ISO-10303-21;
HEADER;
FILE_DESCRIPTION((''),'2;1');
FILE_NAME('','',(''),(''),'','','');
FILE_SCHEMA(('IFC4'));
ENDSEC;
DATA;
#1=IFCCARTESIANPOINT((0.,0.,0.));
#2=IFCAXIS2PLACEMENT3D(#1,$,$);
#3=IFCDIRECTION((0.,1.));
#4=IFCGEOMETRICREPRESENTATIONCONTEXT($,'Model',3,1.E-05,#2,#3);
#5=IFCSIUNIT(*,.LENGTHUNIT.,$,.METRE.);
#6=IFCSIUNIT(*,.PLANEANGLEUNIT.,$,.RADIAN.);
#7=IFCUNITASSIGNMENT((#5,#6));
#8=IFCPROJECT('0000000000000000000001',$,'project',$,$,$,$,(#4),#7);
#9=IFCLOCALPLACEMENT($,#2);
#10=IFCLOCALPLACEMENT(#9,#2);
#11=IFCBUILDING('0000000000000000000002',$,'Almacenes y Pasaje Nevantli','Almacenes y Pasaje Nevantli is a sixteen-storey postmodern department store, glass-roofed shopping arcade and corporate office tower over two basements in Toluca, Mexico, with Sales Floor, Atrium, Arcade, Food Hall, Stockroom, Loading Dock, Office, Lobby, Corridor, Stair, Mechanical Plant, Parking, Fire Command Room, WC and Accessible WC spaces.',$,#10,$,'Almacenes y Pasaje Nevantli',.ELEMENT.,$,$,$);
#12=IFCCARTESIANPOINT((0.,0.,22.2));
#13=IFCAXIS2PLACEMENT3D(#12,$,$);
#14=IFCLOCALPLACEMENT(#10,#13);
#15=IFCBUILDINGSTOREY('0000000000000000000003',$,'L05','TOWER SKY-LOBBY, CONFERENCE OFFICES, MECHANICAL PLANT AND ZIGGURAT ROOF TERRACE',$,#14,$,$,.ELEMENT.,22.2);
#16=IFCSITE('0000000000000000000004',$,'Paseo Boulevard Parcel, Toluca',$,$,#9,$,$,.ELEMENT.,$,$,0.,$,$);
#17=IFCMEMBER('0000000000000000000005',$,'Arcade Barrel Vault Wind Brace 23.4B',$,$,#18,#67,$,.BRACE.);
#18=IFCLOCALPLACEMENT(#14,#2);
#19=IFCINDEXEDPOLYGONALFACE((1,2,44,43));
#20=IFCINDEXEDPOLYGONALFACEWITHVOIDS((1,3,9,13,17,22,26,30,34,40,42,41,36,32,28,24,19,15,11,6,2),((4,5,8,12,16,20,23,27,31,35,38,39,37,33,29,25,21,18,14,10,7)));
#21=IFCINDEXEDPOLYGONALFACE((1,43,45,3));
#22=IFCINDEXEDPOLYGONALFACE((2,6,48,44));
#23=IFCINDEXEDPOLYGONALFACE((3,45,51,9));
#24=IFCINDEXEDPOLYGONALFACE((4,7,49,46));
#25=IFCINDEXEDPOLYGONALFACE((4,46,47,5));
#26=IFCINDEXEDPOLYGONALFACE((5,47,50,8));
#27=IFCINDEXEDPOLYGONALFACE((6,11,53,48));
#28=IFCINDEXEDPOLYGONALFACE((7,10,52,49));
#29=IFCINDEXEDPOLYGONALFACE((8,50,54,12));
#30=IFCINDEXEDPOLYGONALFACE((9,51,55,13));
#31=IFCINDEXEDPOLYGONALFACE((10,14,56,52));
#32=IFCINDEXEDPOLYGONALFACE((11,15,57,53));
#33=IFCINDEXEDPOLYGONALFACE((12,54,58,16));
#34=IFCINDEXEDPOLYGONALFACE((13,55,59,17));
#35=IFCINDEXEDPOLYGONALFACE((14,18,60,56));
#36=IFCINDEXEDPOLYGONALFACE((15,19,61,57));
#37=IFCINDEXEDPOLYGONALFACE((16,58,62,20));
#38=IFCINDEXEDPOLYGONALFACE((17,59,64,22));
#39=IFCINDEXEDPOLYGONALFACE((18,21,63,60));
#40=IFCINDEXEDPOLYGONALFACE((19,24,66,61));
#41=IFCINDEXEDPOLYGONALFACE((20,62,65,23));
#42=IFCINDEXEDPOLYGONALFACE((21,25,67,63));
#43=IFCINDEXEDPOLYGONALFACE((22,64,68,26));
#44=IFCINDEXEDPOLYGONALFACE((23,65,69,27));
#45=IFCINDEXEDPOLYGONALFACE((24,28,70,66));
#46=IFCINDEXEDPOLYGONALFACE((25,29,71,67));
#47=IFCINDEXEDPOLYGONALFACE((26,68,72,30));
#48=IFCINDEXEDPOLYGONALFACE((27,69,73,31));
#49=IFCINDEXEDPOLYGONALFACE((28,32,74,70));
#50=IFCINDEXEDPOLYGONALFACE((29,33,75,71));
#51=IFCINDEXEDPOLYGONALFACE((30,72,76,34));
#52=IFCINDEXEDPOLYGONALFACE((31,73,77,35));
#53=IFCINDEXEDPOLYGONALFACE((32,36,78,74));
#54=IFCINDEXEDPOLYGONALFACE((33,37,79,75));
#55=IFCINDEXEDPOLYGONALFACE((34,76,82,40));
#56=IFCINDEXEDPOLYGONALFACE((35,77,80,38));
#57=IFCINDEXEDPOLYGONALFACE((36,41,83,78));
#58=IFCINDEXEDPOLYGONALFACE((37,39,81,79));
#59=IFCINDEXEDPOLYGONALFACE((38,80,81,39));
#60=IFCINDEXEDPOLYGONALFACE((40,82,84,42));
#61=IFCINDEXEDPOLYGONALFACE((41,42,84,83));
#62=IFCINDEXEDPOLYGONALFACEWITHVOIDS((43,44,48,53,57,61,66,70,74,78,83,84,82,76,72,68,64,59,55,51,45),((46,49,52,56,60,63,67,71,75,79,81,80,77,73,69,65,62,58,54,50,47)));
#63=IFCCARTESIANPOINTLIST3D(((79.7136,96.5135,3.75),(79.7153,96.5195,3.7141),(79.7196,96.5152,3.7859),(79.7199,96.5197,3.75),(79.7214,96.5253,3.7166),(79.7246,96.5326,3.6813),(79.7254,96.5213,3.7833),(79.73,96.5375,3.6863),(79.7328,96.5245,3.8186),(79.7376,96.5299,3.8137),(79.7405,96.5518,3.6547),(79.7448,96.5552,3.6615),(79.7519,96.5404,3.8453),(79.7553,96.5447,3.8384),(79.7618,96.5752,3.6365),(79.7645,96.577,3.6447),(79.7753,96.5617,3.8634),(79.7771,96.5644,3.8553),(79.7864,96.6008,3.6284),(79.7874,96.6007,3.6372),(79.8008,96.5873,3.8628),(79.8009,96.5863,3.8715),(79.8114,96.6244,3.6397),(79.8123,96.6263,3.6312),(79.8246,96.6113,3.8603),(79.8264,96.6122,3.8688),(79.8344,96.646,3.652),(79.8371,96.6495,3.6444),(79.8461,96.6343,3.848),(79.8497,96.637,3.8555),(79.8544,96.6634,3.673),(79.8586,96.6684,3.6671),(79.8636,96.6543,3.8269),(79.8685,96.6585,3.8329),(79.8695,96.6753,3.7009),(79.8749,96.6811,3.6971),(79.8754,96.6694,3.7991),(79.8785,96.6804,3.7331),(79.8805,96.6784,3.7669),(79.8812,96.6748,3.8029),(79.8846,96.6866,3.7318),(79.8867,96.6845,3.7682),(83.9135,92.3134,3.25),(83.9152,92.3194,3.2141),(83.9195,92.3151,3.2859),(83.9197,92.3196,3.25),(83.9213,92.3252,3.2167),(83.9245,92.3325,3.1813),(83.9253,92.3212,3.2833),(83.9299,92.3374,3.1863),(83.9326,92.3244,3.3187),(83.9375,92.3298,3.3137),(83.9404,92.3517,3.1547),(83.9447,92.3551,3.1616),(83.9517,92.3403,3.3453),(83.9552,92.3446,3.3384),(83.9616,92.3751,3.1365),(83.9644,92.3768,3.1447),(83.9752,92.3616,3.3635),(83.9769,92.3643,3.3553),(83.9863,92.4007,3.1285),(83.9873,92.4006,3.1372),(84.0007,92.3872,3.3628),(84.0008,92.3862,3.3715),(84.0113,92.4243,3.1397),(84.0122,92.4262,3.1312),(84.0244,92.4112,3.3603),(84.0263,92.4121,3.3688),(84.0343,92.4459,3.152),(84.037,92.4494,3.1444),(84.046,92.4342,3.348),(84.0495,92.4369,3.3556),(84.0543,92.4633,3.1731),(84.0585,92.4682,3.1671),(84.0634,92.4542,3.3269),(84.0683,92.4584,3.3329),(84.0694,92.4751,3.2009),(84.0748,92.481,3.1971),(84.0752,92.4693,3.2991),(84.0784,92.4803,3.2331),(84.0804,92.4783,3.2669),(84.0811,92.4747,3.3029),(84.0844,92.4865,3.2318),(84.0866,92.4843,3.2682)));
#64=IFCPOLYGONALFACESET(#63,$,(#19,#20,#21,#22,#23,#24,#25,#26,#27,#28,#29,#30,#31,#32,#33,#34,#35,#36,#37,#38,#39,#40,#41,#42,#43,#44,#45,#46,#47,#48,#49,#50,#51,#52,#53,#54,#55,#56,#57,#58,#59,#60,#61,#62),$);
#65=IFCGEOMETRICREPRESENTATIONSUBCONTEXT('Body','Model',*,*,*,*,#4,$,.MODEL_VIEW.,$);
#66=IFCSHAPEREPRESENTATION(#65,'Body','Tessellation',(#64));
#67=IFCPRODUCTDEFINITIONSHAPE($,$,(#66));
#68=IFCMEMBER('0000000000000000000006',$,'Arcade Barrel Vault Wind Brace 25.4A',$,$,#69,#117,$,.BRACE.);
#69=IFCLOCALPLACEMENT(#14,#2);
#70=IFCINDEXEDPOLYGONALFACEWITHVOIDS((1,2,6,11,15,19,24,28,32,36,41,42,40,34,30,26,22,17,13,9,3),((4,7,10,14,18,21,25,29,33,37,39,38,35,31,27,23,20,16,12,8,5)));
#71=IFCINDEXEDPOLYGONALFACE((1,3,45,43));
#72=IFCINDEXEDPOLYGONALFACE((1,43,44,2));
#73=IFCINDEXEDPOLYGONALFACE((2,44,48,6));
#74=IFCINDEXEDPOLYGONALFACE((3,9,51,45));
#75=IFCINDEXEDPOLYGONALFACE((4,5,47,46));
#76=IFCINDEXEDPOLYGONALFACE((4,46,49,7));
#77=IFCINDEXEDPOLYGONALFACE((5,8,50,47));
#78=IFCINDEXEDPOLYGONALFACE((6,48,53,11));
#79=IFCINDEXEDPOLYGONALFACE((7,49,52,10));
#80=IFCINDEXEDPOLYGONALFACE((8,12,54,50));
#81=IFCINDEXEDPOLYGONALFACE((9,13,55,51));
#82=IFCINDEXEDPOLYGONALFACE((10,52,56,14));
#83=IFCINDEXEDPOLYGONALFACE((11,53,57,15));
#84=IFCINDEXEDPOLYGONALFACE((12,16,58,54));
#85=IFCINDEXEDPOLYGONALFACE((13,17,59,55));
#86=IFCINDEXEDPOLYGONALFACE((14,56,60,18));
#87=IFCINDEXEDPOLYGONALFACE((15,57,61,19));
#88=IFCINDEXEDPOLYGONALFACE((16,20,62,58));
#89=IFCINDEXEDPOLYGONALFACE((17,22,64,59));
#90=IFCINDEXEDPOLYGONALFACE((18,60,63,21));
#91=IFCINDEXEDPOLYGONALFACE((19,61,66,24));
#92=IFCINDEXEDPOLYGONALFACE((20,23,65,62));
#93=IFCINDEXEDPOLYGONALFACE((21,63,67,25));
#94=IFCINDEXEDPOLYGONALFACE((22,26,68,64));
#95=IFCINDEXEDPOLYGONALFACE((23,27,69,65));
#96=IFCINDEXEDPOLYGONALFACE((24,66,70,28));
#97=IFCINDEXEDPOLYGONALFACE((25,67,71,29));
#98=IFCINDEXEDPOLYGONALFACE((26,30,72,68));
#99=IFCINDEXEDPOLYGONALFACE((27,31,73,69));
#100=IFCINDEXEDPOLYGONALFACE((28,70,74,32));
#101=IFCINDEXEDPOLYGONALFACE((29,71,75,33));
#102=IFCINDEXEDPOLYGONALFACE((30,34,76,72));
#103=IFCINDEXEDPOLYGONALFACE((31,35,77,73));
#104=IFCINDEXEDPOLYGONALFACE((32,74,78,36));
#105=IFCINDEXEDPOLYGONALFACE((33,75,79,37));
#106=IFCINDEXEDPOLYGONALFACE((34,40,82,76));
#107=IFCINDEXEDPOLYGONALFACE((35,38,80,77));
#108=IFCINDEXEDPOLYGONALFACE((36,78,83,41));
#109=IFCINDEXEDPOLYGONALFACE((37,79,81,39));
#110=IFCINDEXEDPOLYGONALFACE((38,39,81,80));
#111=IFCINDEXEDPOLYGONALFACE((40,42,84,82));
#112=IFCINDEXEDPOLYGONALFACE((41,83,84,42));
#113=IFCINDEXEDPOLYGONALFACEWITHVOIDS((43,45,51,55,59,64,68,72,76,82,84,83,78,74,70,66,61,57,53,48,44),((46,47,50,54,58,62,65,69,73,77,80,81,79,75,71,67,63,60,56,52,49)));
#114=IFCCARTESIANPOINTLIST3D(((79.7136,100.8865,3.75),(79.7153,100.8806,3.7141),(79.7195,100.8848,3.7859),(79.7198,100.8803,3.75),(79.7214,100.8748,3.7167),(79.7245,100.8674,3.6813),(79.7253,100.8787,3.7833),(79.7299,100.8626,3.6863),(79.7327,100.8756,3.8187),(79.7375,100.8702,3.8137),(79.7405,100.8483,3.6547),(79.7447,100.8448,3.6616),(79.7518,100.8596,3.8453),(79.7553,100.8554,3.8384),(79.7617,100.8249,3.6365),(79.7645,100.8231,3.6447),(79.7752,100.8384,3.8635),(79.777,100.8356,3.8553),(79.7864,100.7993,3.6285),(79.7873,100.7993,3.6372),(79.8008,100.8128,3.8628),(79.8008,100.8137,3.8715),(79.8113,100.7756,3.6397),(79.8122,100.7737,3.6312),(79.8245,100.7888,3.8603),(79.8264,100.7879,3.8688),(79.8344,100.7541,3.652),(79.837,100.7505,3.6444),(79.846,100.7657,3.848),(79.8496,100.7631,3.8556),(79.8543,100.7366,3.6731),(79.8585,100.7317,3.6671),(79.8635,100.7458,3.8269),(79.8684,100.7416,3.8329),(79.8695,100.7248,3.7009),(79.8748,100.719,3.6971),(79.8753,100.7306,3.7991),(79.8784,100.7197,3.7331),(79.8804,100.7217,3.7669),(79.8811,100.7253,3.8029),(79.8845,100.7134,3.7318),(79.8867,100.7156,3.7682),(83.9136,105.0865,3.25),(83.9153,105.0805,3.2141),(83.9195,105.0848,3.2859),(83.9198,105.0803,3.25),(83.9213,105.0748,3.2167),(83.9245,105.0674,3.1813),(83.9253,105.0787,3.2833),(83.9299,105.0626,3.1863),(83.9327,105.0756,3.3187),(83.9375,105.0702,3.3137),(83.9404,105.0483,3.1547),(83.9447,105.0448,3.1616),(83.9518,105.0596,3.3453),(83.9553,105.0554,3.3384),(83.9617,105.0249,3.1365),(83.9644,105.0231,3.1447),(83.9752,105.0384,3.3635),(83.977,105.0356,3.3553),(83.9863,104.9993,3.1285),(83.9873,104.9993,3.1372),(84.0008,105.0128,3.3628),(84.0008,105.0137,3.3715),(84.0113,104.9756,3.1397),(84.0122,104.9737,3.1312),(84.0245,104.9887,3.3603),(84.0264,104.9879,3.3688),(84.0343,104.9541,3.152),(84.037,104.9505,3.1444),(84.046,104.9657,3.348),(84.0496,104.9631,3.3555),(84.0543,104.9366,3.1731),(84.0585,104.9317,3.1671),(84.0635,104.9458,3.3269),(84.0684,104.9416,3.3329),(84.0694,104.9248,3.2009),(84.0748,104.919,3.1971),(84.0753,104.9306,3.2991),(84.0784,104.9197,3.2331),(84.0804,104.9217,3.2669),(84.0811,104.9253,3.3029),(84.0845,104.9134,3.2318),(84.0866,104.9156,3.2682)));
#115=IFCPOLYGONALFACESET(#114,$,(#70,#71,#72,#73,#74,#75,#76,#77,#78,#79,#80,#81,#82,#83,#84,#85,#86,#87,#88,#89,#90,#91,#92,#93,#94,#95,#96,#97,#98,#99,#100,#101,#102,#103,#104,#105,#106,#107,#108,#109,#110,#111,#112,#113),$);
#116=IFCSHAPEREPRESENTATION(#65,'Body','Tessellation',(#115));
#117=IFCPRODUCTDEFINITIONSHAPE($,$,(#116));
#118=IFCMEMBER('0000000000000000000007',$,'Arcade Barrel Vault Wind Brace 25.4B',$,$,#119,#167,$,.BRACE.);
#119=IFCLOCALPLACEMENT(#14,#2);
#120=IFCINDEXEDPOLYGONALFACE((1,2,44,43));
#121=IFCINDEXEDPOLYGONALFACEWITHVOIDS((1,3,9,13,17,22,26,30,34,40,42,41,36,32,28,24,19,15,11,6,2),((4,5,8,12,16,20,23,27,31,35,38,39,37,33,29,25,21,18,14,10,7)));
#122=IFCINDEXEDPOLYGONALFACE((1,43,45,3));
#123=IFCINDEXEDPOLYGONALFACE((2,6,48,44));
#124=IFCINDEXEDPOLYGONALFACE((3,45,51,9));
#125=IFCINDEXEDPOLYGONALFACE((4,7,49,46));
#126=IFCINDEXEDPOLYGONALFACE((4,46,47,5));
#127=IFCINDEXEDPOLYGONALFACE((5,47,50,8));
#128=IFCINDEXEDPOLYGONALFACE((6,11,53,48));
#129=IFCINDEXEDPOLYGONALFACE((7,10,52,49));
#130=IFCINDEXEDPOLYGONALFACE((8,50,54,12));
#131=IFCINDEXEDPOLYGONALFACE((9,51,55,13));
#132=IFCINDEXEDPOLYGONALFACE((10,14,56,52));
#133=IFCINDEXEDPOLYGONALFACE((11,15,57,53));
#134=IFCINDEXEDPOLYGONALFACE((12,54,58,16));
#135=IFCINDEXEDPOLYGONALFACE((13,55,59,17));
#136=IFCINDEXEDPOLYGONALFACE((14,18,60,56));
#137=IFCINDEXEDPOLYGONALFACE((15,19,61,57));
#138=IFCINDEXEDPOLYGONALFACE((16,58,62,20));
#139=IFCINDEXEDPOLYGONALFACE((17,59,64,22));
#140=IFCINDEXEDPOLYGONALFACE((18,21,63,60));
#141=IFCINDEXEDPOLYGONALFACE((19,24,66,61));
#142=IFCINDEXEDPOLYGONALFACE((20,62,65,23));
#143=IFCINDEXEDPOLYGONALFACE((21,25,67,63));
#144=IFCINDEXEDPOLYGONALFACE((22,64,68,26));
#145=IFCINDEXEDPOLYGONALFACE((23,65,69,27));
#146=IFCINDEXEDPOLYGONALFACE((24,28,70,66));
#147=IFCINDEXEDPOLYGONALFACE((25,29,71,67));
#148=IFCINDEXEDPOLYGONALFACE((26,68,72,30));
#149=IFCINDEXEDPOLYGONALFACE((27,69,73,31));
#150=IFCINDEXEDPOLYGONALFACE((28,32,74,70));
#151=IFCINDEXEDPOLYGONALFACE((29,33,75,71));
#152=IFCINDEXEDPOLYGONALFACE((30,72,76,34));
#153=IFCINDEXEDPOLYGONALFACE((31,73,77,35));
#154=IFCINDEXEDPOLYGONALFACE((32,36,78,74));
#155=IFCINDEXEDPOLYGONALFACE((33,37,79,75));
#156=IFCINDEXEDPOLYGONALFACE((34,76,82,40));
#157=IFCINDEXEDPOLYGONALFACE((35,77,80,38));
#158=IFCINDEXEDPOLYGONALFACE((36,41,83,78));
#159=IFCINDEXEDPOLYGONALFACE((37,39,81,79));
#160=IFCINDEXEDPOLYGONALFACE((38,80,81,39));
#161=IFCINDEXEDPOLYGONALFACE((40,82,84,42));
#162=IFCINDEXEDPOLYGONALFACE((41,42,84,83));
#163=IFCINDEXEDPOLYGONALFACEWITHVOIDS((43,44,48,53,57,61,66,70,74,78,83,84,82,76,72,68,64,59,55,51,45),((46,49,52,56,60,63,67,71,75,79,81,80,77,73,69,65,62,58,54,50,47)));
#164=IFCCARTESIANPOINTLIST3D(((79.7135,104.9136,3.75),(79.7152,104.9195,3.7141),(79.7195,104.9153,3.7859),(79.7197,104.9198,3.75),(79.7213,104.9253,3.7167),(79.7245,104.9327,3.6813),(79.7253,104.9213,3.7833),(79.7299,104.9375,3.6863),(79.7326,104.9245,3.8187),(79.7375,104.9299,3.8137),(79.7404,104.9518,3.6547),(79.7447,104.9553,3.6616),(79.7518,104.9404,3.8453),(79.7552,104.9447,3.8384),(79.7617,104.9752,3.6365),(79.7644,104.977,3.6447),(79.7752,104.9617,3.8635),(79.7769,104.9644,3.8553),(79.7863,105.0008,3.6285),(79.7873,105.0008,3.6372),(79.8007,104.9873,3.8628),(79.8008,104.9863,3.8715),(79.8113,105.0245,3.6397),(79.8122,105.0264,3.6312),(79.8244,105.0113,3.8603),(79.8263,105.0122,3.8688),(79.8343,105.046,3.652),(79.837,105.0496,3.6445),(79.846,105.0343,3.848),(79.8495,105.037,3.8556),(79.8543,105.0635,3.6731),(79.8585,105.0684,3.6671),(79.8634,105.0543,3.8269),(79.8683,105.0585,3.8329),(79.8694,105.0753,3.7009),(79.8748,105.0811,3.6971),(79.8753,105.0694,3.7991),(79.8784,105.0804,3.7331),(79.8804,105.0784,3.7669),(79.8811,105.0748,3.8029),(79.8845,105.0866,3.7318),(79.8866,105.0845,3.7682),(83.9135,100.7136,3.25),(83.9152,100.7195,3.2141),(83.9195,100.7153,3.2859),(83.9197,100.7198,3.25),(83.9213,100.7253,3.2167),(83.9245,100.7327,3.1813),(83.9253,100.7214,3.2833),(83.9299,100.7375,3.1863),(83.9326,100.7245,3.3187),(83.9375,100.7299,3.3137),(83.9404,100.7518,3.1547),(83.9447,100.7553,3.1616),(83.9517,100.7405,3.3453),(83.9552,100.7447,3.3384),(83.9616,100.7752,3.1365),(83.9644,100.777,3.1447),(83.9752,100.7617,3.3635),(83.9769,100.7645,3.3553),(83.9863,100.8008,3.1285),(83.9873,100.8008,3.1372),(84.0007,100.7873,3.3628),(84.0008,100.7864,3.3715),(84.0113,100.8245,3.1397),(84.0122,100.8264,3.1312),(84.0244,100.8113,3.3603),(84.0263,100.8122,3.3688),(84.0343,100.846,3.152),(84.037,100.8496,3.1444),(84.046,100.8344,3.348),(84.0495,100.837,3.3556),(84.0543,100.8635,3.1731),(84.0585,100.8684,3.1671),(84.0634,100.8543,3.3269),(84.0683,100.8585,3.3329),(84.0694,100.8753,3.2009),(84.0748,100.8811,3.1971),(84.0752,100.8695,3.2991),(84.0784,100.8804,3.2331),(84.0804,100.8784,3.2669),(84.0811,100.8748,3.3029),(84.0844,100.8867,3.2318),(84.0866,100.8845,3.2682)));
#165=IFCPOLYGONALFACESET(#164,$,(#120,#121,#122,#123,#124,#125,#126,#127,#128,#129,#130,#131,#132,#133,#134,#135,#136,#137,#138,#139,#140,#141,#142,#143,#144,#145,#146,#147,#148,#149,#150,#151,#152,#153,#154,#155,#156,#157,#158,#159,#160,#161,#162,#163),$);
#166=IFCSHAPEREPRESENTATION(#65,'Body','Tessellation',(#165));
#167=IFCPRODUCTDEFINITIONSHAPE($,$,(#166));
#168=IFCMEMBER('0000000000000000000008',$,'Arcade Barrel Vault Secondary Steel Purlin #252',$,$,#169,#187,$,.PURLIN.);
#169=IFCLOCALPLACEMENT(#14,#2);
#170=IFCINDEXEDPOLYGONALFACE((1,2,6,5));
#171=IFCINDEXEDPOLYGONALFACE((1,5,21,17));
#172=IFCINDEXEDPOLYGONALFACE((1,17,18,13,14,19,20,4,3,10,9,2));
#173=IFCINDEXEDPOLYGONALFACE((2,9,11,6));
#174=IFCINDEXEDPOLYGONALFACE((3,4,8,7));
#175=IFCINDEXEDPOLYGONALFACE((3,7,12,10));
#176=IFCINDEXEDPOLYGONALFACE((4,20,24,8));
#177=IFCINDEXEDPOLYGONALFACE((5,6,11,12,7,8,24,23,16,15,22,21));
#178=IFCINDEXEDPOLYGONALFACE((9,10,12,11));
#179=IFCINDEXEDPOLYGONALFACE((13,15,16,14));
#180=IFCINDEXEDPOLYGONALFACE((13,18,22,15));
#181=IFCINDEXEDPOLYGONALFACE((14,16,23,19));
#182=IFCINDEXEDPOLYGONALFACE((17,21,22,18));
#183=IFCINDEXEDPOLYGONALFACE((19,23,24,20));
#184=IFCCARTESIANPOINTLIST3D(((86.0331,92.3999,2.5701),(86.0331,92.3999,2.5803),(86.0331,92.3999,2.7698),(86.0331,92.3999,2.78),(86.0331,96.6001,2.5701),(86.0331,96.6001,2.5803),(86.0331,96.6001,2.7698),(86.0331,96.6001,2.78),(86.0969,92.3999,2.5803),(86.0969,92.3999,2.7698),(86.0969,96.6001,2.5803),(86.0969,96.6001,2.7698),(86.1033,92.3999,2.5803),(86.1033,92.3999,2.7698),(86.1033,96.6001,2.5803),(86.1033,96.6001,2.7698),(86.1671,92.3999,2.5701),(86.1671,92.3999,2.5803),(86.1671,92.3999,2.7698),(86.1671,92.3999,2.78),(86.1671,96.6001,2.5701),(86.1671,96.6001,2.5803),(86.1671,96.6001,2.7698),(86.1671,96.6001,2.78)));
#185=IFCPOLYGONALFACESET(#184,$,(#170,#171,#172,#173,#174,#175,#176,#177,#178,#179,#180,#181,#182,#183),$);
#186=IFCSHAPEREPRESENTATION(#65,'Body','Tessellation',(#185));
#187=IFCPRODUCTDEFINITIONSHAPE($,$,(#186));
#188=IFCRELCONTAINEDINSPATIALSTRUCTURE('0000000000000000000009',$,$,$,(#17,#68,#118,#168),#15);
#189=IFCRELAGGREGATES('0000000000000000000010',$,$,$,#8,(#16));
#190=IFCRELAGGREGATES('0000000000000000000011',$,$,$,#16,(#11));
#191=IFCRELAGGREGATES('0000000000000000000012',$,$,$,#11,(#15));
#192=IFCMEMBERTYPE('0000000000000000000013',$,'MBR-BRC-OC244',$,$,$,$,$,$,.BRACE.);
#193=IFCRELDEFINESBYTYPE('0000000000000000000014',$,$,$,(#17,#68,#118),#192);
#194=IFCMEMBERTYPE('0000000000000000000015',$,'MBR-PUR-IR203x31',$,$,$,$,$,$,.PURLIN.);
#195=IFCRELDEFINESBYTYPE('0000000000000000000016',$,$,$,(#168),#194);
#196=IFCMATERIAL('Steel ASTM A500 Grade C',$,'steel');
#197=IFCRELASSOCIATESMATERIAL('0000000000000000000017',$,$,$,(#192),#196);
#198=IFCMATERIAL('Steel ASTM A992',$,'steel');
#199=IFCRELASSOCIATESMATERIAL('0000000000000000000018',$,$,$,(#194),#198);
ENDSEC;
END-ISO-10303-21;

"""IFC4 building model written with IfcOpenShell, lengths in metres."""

from ifc_helpers import new_model, si_unit, direction, frame, origin, origin_2d, place, context, subcontext, project, spatial, hollow_circle, i_section, extrude, material, material_profile, profile_set, type_object, element, save


model = new_model("IFC4")

# Units and contexts
model_context = context("Model", 3, precision=1e-05, world=origin(), true_north=direction((0.0, 1.0)))
body_context = subcontext(model_context, "Body", "Model", "MODEL_VIEW")
ifc_project = project(units=[si_unit("LENGTHUNIT", "METRE"), si_unit("PLANEANGLEUNIT", "RADIAN")], contexts=[model_context])

# Site, building, storey
site_placement = place(None, origin())
site = spatial("IfcSite", under=ifc_project, at=site_placement, Name="Paseo Boulevard Parcel, Toluca", CompositionType="ELEMENT", RefElevation=0.0)
building_placement = place(site_placement, origin())
building = spatial("IfcBuilding", under=site, at=building_placement, Name="Almacenes y Pasaje Nevantli", Description="Almacenes y Pasaje Nevantli is a sixteen-storey postmodern department store, glass-roofed shopping arcade and corporate office tower over two basements in Toluca, Mexico, with Sales Floor, Atrium, Arcade, Food Hall, Stockroom, Loading Dock, Office, Lobby, Corridor, Stair, Mechanical Plant, Parking, Fire Command Room, WC and Accessible WC spaces.", LongName="Almacenes y Pasaje Nevantli", CompositionType="ELEMENT")
storey_placement = place(building_placement, frame((0.0, 0.0, 22.2)))
storey = spatial("IfcBuildingStorey", under=building, at=storey_placement, Name="L05", Description="TOWER SKY-LOBBY, CONFERENCE OFFICES, MECHANICAL PLANT AND ZIGGURAT ROOF TERRACE", CompositionType="ELEMENT", Elevation=22.2)

# Members
ifc_material_1 = material(Name="Steel ASTM A500 Grade C", Category="steel")
ifc_material_profile_1 = material_profile(ifc_material_1, hollow_circle(Radius=0.1223, WallThickness=0.0088, at=origin_2d()), Name="OC 244x8.9")
ifc_profile_set_1 = profile_set([ifc_material_profile_1], Name="Steel ASTM A500 Grade C")
member_type_1 = type_object("IfcMemberType", Name="MBR-BRC-OC244", PredefinedType="BRACE", material=ifc_profile_set_1)
for number, where, z_axis, x_axis, name in (
    (1, (84.0, 92.3999, 3.25), (-0.704594, 0.704635, 0.083881), (-0.707127, -0.707086, 0.0), "Arcade Barrel Vault Wind Brace 23.4B"),
    (2, (79.8, 100.8, 3.75), (0.704615, 0.704615, -0.083884), (-0.707107, 0.707107, 0.0), "Arcade Barrel Vault Wind Brace 25.4A"),
    (3, (84.0, 100.8, 3.25), (-0.704615, 0.704615, 0.083884), (-0.707107, -0.707107, 0.0), "Arcade Barrel Vault Wind Brace 25.4B"),
):
    element("IfcMember", number, at=place(storey_placement, frame(where, z_axis=z_axis, x_axis=x_axis)), inside=storey, type_object=member_type_1, Name=name, PredefinedType="BRACE", context=body_context, shape_type="SweptSolid", body=[
        extrude(hollow_circle(Radius=0.1223, WallThickness=0.0088, at=origin_2d()), origin(), (0.0, 0.0, 1.0), 5.9607),
    ])
ifc_material_2 = material(Name="Steel ASTM A992", Category="steel")
ifc_material_profile_2 = material_profile(ifc_material_2, i_section(OverallWidth=0.134, OverallDepth=0.21, WebThickness=0.0063, FlangeThickness=0.0103, at=origin_2d()), Name="IR 203x31.3")
ifc_profile_set_2 = profile_set([ifc_material_profile_2], Name="Steel ASTM A992")
member_type_2 = type_object("IfcMemberType", Name="MBR-PUR-IR203x31", PredefinedType="PURLIN", material=ifc_profile_set_2)
member_1_placement = place(storey_placement, frame((86.1001, 92.3999, 2.675), z_axis=(0.0, 1.0, 0.0), x_axis=(-1.0, 0.0, 0.0)))
element("IfcMember", 4, at=member_1_placement, inside=storey, type_object=member_type_2, Name="Arcade Barrel Vault Secondary Steel Purlin #252", PredefinedType="PURLIN", context=body_context, shape_type="SweptSolid", body=[
    extrude(i_section(OverallWidth=0.134, OverallDepth=0.21, WebThickness=0.0063, FlangeThickness=0.0103, at=origin_2d()), origin(), (0.0, 0.0, 1.0), 4.2002),
])

save(model, "model.ifc")
